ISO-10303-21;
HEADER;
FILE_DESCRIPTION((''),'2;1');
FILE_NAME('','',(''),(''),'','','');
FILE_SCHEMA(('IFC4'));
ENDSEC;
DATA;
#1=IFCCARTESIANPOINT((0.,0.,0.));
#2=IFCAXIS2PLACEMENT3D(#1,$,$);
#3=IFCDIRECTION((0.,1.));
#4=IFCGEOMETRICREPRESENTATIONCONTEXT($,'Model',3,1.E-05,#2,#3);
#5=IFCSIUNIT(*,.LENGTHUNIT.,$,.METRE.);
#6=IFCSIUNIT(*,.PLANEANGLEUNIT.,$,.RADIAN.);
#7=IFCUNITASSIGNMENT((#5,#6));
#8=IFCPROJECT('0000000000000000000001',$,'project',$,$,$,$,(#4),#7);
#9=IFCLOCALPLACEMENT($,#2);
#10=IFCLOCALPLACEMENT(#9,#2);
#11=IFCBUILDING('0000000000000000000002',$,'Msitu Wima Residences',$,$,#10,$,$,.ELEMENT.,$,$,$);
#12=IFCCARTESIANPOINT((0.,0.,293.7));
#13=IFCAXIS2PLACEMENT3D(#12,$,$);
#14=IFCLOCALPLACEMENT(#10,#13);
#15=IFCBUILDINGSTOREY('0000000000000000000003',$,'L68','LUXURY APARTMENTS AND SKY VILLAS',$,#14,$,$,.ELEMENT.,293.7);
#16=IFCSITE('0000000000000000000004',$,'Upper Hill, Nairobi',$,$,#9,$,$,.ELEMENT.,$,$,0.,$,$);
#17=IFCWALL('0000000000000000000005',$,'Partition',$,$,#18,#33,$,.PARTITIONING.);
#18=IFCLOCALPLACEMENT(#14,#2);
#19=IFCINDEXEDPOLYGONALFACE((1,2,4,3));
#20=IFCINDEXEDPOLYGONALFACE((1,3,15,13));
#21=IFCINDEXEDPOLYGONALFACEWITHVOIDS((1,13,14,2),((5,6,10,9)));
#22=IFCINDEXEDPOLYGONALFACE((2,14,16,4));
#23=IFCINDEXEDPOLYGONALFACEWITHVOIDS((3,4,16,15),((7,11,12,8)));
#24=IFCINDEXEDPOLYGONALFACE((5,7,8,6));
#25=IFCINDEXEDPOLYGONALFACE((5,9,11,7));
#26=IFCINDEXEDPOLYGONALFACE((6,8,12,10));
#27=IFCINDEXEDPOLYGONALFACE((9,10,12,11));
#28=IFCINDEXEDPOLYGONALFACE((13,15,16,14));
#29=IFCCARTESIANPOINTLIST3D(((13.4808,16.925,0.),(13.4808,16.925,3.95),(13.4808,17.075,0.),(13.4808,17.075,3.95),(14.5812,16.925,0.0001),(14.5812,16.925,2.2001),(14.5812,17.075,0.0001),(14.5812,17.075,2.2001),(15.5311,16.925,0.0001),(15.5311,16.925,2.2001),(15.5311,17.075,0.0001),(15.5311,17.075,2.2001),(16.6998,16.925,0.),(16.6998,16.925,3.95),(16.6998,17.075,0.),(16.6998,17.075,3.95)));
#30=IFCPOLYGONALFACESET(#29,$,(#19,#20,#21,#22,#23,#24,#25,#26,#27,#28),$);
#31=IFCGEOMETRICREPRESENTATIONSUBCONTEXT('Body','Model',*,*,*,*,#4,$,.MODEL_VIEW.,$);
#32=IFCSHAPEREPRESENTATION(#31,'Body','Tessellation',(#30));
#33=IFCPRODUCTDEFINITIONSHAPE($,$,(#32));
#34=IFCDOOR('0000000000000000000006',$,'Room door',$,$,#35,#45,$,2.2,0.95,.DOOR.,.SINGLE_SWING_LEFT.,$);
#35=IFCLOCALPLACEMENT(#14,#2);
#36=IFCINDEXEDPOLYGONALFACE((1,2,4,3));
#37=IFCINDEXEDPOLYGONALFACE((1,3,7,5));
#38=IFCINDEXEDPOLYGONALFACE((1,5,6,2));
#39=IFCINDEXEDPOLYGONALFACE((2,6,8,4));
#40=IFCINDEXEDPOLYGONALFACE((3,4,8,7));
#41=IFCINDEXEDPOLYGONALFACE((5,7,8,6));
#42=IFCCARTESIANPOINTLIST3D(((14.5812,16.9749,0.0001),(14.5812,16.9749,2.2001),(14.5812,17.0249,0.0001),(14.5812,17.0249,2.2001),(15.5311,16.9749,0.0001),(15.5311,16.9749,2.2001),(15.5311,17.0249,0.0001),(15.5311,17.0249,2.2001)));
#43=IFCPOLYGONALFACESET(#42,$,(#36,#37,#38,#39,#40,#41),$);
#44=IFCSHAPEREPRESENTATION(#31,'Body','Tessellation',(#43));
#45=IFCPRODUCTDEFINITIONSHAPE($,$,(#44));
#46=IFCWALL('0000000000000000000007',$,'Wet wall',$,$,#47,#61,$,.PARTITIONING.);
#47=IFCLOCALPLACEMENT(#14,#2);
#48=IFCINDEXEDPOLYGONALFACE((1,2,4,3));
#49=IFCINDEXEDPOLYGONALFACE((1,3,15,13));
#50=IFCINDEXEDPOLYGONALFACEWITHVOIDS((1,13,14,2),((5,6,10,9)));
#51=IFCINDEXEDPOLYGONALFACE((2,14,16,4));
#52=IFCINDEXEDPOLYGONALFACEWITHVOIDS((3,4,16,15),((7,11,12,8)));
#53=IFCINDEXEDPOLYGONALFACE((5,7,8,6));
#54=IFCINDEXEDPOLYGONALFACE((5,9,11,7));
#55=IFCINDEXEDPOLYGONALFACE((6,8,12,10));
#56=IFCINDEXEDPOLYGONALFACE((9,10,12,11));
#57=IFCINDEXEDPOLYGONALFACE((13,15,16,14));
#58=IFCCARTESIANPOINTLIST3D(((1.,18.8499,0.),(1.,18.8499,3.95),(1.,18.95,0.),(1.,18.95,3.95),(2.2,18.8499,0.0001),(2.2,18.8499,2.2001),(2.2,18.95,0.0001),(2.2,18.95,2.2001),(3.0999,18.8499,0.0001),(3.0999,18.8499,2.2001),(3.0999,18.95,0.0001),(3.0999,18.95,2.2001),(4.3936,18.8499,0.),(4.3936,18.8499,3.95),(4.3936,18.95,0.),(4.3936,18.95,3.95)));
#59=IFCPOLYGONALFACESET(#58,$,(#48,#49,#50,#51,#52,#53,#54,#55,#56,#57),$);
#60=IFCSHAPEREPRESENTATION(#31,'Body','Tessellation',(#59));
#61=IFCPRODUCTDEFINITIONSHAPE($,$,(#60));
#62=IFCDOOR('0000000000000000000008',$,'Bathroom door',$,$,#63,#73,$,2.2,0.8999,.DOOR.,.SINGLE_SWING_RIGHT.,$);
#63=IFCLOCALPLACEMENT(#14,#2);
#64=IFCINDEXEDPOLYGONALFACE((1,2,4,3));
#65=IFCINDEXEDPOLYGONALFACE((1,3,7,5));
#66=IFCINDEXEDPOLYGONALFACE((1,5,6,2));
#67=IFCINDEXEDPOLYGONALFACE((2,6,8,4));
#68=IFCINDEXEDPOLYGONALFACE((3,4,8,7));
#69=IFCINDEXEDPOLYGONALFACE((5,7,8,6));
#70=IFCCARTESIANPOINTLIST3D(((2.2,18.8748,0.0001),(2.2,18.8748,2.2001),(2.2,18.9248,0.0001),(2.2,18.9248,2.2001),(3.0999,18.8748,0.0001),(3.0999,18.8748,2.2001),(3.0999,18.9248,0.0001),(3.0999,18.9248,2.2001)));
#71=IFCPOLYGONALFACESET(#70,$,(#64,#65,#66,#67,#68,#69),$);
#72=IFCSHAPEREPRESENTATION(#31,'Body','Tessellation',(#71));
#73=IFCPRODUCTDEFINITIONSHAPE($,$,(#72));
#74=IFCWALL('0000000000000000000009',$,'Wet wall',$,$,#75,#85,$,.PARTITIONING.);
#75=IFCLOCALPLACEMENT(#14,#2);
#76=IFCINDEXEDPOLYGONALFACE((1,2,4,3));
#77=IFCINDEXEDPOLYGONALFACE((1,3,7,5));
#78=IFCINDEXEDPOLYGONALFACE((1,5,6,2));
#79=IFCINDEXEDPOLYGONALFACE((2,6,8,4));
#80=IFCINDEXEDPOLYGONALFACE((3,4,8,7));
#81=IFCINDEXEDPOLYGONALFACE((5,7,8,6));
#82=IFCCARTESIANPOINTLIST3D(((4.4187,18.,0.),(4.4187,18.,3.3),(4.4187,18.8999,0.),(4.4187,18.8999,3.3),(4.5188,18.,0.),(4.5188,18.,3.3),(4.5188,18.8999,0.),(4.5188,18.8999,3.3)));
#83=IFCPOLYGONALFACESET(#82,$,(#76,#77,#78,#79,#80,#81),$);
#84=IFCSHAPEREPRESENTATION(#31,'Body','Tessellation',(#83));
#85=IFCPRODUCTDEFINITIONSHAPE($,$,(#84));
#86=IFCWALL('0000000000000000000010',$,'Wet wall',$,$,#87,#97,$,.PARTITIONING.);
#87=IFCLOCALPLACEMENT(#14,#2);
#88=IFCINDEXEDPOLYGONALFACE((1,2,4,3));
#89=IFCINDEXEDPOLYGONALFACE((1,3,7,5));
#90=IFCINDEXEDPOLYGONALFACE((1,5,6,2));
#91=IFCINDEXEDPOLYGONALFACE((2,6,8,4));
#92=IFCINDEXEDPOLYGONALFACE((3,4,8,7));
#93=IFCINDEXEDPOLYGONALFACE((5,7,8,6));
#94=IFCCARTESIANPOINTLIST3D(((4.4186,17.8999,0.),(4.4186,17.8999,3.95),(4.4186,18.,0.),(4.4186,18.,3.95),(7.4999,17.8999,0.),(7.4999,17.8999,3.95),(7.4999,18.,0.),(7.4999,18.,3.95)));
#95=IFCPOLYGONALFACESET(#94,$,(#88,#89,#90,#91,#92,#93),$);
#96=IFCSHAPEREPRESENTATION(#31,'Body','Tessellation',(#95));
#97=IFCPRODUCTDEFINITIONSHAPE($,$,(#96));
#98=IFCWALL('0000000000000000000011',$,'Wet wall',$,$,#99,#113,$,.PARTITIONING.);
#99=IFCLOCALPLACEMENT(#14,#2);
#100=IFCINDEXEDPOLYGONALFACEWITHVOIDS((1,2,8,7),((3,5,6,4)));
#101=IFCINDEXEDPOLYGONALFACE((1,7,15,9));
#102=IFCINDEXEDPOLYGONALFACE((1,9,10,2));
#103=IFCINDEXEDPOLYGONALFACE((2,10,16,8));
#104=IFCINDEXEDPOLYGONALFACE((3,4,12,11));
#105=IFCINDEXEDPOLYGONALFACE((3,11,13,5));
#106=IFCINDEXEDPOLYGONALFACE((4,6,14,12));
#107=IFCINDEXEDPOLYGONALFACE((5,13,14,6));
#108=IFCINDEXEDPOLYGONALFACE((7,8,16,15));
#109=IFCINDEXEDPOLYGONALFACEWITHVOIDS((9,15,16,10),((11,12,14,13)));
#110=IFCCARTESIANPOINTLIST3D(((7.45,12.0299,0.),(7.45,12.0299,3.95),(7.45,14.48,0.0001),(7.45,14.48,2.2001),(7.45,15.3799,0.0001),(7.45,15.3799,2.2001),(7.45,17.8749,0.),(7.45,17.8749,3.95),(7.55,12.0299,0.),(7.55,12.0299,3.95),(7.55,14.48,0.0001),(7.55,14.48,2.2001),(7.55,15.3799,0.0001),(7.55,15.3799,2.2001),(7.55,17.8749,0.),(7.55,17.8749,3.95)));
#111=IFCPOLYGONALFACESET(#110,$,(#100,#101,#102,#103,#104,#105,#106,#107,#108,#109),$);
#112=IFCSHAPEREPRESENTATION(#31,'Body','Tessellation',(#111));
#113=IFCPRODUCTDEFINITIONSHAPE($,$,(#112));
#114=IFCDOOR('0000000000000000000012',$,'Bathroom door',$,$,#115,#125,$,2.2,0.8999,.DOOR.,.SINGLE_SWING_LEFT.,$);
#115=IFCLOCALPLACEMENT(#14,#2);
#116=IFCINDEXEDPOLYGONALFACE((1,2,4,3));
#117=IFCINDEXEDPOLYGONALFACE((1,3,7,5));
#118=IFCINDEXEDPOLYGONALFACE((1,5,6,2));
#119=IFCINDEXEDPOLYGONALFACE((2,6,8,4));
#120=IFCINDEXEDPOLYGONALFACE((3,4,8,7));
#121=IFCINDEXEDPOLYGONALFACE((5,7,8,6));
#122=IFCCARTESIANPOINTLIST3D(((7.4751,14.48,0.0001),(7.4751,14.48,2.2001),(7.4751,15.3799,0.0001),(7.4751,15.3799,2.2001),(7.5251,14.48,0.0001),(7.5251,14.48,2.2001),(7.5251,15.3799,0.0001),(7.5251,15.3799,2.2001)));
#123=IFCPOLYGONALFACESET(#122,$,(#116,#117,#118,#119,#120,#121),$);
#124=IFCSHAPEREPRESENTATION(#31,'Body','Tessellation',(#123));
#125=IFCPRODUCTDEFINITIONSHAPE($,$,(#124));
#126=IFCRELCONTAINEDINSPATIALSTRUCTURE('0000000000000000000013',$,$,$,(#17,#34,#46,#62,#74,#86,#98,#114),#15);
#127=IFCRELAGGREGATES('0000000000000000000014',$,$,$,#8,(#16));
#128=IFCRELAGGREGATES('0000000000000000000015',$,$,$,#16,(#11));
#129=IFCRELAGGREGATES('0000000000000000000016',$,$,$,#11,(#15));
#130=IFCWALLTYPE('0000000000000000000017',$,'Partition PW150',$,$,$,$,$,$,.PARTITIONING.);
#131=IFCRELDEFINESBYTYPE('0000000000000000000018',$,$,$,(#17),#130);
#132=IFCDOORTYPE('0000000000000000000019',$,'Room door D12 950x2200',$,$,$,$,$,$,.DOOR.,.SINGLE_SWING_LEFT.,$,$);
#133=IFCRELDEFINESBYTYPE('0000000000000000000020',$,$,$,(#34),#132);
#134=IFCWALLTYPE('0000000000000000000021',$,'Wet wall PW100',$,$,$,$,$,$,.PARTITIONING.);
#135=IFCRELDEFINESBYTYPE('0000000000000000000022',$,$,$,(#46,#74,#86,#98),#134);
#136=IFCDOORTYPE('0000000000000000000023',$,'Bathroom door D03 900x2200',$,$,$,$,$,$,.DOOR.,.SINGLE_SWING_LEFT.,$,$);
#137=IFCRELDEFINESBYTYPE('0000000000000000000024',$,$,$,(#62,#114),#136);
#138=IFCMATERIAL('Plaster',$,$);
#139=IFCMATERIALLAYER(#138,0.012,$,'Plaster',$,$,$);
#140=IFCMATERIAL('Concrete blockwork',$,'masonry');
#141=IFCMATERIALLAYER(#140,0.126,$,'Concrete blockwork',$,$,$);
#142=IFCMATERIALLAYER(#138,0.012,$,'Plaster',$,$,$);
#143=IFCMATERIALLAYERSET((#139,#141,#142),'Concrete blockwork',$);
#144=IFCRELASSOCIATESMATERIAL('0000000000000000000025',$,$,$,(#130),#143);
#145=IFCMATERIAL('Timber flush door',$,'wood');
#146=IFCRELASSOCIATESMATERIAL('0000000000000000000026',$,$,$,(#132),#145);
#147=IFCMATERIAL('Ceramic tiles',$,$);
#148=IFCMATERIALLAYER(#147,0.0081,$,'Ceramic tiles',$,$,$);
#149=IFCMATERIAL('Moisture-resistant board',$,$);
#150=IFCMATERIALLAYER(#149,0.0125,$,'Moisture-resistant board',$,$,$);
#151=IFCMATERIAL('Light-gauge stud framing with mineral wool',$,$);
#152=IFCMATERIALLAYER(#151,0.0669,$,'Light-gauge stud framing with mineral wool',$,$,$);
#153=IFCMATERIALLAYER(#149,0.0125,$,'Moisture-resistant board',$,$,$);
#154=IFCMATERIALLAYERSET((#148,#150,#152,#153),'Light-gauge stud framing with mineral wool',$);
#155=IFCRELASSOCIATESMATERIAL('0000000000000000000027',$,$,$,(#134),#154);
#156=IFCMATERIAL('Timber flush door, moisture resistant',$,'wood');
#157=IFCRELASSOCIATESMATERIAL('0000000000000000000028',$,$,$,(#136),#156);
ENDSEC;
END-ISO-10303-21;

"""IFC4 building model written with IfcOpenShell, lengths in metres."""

from ifc_helpers import new_model, si_unit, direction, frame, frame_2d, origin, place, context, subcontext, project, spatial, rectangle, extrude, material, layer, layer_set, type_object, element, fill, save


model = new_model("IFC4")

# Units and contexts
model_context = context("Model", 3, precision=1e-05, world=origin(), true_north=direction((0.0, 1.0)))
body_context = subcontext(model_context, "Body", "Model", "MODEL_VIEW")
ifc_project = project(units=[si_unit("LENGTHUNIT", "METRE"), si_unit("PLANEANGLEUNIT", "RADIAN")], contexts=[model_context])

# Site, building, storey
site_placement = place(None, origin())
site = spatial("IfcSite", under=ifc_project, at=site_placement, Name="Upper Hill, Nairobi", CompositionType="ELEMENT", RefElevation=0.0)
building_placement = place(site_placement, origin())
building = spatial("IfcBuilding", under=site, at=building_placement, Name="Msitu Wima Residences", CompositionType="ELEMENT")
storey_placement = place(building_placement, frame((0.0, 0.0, 293.7)))
storey = spatial("IfcBuildingStorey", under=building, at=storey_placement, Name="L68", Description="LUXURY APARTMENTS AND SKY VILLAS", CompositionType="ELEMENT", Elevation=293.7)

# Walls, openings, doors
ifc_material_1 = material(Name="Plaster")
ifc_layer_1 = layer(ifc_material_1, 0.012, Name="Plaster")
ifc_material_2 = material(Name="Concrete blockwork", Category="masonry")
ifc_layer_2 = layer(ifc_material_2, 0.126, Name="Concrete blockwork")
ifc_layer_3 = layer(ifc_material_1, 0.012, Name="Plaster")
ifc_layer_set_1 = layer_set([ifc_layer_1, ifc_layer_2, ifc_layer_3], Name="Concrete blockwork")
wall_type_1 = type_object("IfcWallType", Name="Partition PW150", PredefinedType="PARTITIONING", material=ifc_layer_set_1)
wall_1_placement = place(storey_placement, frame((13.481, 17.0, 0.0), z_axis=(0.0, 0.0, 1.0), x_axis=(1.0, 0.0, 0.0)))
wall_1 = element("IfcWall", 1, at=wall_1_placement, inside=storey, type_object=wall_type_1, Name="Partition", PredefinedType="PARTITIONING", context=body_context, shape_type="SweptSolid", body=[
    extrude(rectangle(XDim=3.219, YDim=0.1499, at=frame_2d((1.6094, 0.0))), origin(), (0.0, 0.0, 1.0), 3.95),
])
opening_1_placement = place(wall_1_placement, frame((1.1001, 0.0, 0.0)))
opening_1 = element("IfcOpeningElement", 2, at=opening_1_placement, cuts=wall_1, PredefinedType="OPENING", context=body_context, shape_type="SweptSolid", body=[
    extrude(rectangle(XDim=0.95, YDim=2.2, at=frame_2d((0.4751, 1.1001))), frame((0.0, 0.085, 0.0), z_axis=(0.0, -1.0, 0.0), x_axis=(1.0, 0.0, 0.0)), (0.0, 0.0, 1.0), 0.1699),
])
ifc_material_3 = material(Name="Timber flush door", Category="wood")
door_type_1 = type_object("IfcDoorType", Name="Room door D12 950x2200", OperationType="SINGLE_SWING_LEFT", PredefinedType="DOOR", material=ifc_material_3)
door_1_placement = place(opening_1_placement, origin())
door_1 = element("IfcDoor", 3, at=door_1_placement, inside=storey, type_object=door_type_1, Name="Room door", OperationType="SINGLE_SWING_LEFT", OverallHeight=2.2, OverallWidth=0.95, PredefinedType="DOOR", context=body_context, shape_type="SweptSolid", body=[
    extrude(rectangle(XDim=0.95, YDim=2.2, at=frame_2d((0.4751, 1.1001))), frame((0.0, 0.0249, 0.0), z_axis=(0.0, -1.0, 0.0), x_axis=(1.0, 0.0, 0.0)), (0.0, 0.0, 1.0), 0.05),
])
fill(opening_1, door_1)
ifc_material_4 = material(Name="Ceramic tiles")
ifc_layer_4 = layer(ifc_material_4, 0.0081, Name="Ceramic tiles")
ifc_material_5 = material(Name="Moisture-resistant board")
ifc_layer_5 = layer(ifc_material_5, 0.0125, Name="Moisture-resistant board")
ifc_material_6 = material(Name="Light-gauge stud framing with mineral wool")
ifc_layer_6 = layer(ifc_material_6, 0.0669, Name="Light-gauge stud framing with mineral wool")
ifc_layer_7 = layer(ifc_material_5, 0.0125, Name="Moisture-resistant board")
ifc_layer_set_2 = layer_set([ifc_layer_4, ifc_layer_5, ifc_layer_6, ifc_layer_7], Name="Light-gauge stud framing with mineral wool")
wall_type_2 = type_object("IfcWallType", Name="Wet wall PW100", PredefinedType="PARTITIONING", material=ifc_layer_set_2)
wall_2_placement = place(storey_placement, frame((1.0, 18.8999, 0.0), z_axis=(0.0, 0.0, 1.0), x_axis=(1.0, 0.0, 0.0)))
wall_2 = element("IfcWall", 4, at=wall_2_placement, inside=storey, type_object=wall_type_2, Name="Wet wall", PredefinedType="PARTITIONING", context=body_context, shape_type="SweptSolid", body=[
    extrude(rectangle(XDim=3.3936, YDim=0.1001, at=frame_2d((1.6968, 0.0))), origin(), (0.0, 0.0, 1.0), 3.95),
])
opening_2_placement = place(wall_2_placement, frame((1.2, 0.0, 0.0)))
opening_2 = element("IfcOpeningElement", 5, at=opening_2_placement, cuts=wall_2, PredefinedType="OPENING", context=body_context, shape_type="SweptSolid", body=[
    extrude(rectangle(XDim=0.8999, YDim=2.2, at=frame_2d((0.45, 1.1001))), frame((0.0, 0.0601, 0.0), z_axis=(0.0, -1.0, 0.0), x_axis=(1.0, 0.0, 0.0)), (0.0, 0.0, 1.0), 0.1201),
])
ifc_material_7 = material(Name="Timber flush door, moisture resistant", Category="wood")
door_type_2 = type_object("IfcDoorType", Name="Bathroom door D03 900x2200", OperationType="SINGLE_SWING_LEFT", PredefinedType="DOOR", material=ifc_material_7)
door_2_placement = place(opening_2_placement, origin())
door_2 = element("IfcDoor", 6, at=door_2_placement, inside=storey, type_object=door_type_2, Name="Bathroom door", OperationType="SINGLE_SWING_RIGHT", OverallHeight=2.2, OverallWidth=0.8999, PredefinedType="DOOR", context=body_context, shape_type="SweptSolid", body=[
    extrude(rectangle(XDim=0.8999, YDim=2.2, at=frame_2d((0.45, 1.1001))), frame((0.0, 0.0249, 0.0), z_axis=(0.0, -1.0, 0.0), x_axis=(1.0, 0.0, 0.0)), (0.0, 0.0, 1.0), 0.05),
])
fill(opening_2, door_2)

# Walls
wall_3_placement = place(storey_placement, frame((4.4688, 18.0, 0.0), z_axis=(0.0, 0.0, 1.0), x_axis=(0.0, 1.0, 0.0)))
element("IfcWall", 7, at=wall_3_placement, inside=storey, type_object=wall_type_2, Name="Wet wall", PredefinedType="PARTITIONING", context=body_context, shape_type="SweptSolid", body=[
    extrude(rectangle(XDim=0.8999, YDim=0.1001, at=frame_2d((0.45, 0.0))), origin(), (0.0, 0.0, 1.0), 3.3),
])
wall_4_placement = place(storey_placement, frame((4.4187, 17.95, 0.0), z_axis=(0.0, 0.0, 1.0), x_axis=(1.0, 0.0, 0.0)))
element("IfcWall", 8, at=wall_4_placement, inside=storey, type_object=wall_type_2, Name="Wet wall", PredefinedType="PARTITIONING", context=body_context, shape_type="SweptSolid", body=[
    extrude(rectangle(XDim=3.0813, YDim=0.1001, at=frame_2d((1.5405, 0.0))), origin(), (0.0, 0.0, 1.0), 3.95),
])

# Wall, opening, door
wall_5_placement = place(storey_placement, frame((7.5, 12.03, 0.0), z_axis=(0.0, 0.0, 1.0), x_axis=(0.0, 1.0, 0.0)))
wall_5 = element("IfcWall", 9, at=wall_5_placement, inside=storey, type_object=wall_type_2, Name="Wet wall", PredefinedType="PARTITIONING", context=body_context, shape_type="SweptSolid", body=[
    extrude(rectangle(XDim=5.845, YDim=0.1001, at=frame_2d((2.9224, 0.0))), origin(), (0.0, 0.0, 1.0), 3.95),
])
opening_3_placement = place(wall_5_placement, frame((2.45, 0.0, 0.0)))
opening_3 = element("IfcOpeningElement", 10, at=opening_3_placement, cuts=wall_5, PredefinedType="OPENING", context=body_context, shape_type="SweptSolid", body=[
    extrude(rectangle(XDim=0.8999, YDim=2.2, at=frame_2d((0.45, 1.1001))), frame((0.0, 0.0601, 0.0), z_axis=(0.0, -1.0, 0.0), x_axis=(1.0, 0.0, 0.0)), (0.0, 0.0, 1.0), 0.1201),
])
door_3_placement = place(opening_3_placement, origin())
door_3 = element("IfcDoor", 11, at=door_3_placement, inside=storey, type_object=door_type_2, Name="Bathroom door", OperationType="SINGLE_SWING_LEFT", OverallHeight=2.2, OverallWidth=0.8999, PredefinedType="DOOR", context=body_context, shape_type="SweptSolid", body=[
    extrude(rectangle(XDim=0.8999, YDim=2.2, at=frame_2d((0.45, 1.1001))), frame((0.0, 0.0249, 0.0), z_axis=(0.0, -1.0, 0.0), x_axis=(1.0, 0.0, 0.0)), (0.0, 0.0, 1.0), 0.05),
])
fill(opening_3, door_3)

save(model, "model.ifc")
